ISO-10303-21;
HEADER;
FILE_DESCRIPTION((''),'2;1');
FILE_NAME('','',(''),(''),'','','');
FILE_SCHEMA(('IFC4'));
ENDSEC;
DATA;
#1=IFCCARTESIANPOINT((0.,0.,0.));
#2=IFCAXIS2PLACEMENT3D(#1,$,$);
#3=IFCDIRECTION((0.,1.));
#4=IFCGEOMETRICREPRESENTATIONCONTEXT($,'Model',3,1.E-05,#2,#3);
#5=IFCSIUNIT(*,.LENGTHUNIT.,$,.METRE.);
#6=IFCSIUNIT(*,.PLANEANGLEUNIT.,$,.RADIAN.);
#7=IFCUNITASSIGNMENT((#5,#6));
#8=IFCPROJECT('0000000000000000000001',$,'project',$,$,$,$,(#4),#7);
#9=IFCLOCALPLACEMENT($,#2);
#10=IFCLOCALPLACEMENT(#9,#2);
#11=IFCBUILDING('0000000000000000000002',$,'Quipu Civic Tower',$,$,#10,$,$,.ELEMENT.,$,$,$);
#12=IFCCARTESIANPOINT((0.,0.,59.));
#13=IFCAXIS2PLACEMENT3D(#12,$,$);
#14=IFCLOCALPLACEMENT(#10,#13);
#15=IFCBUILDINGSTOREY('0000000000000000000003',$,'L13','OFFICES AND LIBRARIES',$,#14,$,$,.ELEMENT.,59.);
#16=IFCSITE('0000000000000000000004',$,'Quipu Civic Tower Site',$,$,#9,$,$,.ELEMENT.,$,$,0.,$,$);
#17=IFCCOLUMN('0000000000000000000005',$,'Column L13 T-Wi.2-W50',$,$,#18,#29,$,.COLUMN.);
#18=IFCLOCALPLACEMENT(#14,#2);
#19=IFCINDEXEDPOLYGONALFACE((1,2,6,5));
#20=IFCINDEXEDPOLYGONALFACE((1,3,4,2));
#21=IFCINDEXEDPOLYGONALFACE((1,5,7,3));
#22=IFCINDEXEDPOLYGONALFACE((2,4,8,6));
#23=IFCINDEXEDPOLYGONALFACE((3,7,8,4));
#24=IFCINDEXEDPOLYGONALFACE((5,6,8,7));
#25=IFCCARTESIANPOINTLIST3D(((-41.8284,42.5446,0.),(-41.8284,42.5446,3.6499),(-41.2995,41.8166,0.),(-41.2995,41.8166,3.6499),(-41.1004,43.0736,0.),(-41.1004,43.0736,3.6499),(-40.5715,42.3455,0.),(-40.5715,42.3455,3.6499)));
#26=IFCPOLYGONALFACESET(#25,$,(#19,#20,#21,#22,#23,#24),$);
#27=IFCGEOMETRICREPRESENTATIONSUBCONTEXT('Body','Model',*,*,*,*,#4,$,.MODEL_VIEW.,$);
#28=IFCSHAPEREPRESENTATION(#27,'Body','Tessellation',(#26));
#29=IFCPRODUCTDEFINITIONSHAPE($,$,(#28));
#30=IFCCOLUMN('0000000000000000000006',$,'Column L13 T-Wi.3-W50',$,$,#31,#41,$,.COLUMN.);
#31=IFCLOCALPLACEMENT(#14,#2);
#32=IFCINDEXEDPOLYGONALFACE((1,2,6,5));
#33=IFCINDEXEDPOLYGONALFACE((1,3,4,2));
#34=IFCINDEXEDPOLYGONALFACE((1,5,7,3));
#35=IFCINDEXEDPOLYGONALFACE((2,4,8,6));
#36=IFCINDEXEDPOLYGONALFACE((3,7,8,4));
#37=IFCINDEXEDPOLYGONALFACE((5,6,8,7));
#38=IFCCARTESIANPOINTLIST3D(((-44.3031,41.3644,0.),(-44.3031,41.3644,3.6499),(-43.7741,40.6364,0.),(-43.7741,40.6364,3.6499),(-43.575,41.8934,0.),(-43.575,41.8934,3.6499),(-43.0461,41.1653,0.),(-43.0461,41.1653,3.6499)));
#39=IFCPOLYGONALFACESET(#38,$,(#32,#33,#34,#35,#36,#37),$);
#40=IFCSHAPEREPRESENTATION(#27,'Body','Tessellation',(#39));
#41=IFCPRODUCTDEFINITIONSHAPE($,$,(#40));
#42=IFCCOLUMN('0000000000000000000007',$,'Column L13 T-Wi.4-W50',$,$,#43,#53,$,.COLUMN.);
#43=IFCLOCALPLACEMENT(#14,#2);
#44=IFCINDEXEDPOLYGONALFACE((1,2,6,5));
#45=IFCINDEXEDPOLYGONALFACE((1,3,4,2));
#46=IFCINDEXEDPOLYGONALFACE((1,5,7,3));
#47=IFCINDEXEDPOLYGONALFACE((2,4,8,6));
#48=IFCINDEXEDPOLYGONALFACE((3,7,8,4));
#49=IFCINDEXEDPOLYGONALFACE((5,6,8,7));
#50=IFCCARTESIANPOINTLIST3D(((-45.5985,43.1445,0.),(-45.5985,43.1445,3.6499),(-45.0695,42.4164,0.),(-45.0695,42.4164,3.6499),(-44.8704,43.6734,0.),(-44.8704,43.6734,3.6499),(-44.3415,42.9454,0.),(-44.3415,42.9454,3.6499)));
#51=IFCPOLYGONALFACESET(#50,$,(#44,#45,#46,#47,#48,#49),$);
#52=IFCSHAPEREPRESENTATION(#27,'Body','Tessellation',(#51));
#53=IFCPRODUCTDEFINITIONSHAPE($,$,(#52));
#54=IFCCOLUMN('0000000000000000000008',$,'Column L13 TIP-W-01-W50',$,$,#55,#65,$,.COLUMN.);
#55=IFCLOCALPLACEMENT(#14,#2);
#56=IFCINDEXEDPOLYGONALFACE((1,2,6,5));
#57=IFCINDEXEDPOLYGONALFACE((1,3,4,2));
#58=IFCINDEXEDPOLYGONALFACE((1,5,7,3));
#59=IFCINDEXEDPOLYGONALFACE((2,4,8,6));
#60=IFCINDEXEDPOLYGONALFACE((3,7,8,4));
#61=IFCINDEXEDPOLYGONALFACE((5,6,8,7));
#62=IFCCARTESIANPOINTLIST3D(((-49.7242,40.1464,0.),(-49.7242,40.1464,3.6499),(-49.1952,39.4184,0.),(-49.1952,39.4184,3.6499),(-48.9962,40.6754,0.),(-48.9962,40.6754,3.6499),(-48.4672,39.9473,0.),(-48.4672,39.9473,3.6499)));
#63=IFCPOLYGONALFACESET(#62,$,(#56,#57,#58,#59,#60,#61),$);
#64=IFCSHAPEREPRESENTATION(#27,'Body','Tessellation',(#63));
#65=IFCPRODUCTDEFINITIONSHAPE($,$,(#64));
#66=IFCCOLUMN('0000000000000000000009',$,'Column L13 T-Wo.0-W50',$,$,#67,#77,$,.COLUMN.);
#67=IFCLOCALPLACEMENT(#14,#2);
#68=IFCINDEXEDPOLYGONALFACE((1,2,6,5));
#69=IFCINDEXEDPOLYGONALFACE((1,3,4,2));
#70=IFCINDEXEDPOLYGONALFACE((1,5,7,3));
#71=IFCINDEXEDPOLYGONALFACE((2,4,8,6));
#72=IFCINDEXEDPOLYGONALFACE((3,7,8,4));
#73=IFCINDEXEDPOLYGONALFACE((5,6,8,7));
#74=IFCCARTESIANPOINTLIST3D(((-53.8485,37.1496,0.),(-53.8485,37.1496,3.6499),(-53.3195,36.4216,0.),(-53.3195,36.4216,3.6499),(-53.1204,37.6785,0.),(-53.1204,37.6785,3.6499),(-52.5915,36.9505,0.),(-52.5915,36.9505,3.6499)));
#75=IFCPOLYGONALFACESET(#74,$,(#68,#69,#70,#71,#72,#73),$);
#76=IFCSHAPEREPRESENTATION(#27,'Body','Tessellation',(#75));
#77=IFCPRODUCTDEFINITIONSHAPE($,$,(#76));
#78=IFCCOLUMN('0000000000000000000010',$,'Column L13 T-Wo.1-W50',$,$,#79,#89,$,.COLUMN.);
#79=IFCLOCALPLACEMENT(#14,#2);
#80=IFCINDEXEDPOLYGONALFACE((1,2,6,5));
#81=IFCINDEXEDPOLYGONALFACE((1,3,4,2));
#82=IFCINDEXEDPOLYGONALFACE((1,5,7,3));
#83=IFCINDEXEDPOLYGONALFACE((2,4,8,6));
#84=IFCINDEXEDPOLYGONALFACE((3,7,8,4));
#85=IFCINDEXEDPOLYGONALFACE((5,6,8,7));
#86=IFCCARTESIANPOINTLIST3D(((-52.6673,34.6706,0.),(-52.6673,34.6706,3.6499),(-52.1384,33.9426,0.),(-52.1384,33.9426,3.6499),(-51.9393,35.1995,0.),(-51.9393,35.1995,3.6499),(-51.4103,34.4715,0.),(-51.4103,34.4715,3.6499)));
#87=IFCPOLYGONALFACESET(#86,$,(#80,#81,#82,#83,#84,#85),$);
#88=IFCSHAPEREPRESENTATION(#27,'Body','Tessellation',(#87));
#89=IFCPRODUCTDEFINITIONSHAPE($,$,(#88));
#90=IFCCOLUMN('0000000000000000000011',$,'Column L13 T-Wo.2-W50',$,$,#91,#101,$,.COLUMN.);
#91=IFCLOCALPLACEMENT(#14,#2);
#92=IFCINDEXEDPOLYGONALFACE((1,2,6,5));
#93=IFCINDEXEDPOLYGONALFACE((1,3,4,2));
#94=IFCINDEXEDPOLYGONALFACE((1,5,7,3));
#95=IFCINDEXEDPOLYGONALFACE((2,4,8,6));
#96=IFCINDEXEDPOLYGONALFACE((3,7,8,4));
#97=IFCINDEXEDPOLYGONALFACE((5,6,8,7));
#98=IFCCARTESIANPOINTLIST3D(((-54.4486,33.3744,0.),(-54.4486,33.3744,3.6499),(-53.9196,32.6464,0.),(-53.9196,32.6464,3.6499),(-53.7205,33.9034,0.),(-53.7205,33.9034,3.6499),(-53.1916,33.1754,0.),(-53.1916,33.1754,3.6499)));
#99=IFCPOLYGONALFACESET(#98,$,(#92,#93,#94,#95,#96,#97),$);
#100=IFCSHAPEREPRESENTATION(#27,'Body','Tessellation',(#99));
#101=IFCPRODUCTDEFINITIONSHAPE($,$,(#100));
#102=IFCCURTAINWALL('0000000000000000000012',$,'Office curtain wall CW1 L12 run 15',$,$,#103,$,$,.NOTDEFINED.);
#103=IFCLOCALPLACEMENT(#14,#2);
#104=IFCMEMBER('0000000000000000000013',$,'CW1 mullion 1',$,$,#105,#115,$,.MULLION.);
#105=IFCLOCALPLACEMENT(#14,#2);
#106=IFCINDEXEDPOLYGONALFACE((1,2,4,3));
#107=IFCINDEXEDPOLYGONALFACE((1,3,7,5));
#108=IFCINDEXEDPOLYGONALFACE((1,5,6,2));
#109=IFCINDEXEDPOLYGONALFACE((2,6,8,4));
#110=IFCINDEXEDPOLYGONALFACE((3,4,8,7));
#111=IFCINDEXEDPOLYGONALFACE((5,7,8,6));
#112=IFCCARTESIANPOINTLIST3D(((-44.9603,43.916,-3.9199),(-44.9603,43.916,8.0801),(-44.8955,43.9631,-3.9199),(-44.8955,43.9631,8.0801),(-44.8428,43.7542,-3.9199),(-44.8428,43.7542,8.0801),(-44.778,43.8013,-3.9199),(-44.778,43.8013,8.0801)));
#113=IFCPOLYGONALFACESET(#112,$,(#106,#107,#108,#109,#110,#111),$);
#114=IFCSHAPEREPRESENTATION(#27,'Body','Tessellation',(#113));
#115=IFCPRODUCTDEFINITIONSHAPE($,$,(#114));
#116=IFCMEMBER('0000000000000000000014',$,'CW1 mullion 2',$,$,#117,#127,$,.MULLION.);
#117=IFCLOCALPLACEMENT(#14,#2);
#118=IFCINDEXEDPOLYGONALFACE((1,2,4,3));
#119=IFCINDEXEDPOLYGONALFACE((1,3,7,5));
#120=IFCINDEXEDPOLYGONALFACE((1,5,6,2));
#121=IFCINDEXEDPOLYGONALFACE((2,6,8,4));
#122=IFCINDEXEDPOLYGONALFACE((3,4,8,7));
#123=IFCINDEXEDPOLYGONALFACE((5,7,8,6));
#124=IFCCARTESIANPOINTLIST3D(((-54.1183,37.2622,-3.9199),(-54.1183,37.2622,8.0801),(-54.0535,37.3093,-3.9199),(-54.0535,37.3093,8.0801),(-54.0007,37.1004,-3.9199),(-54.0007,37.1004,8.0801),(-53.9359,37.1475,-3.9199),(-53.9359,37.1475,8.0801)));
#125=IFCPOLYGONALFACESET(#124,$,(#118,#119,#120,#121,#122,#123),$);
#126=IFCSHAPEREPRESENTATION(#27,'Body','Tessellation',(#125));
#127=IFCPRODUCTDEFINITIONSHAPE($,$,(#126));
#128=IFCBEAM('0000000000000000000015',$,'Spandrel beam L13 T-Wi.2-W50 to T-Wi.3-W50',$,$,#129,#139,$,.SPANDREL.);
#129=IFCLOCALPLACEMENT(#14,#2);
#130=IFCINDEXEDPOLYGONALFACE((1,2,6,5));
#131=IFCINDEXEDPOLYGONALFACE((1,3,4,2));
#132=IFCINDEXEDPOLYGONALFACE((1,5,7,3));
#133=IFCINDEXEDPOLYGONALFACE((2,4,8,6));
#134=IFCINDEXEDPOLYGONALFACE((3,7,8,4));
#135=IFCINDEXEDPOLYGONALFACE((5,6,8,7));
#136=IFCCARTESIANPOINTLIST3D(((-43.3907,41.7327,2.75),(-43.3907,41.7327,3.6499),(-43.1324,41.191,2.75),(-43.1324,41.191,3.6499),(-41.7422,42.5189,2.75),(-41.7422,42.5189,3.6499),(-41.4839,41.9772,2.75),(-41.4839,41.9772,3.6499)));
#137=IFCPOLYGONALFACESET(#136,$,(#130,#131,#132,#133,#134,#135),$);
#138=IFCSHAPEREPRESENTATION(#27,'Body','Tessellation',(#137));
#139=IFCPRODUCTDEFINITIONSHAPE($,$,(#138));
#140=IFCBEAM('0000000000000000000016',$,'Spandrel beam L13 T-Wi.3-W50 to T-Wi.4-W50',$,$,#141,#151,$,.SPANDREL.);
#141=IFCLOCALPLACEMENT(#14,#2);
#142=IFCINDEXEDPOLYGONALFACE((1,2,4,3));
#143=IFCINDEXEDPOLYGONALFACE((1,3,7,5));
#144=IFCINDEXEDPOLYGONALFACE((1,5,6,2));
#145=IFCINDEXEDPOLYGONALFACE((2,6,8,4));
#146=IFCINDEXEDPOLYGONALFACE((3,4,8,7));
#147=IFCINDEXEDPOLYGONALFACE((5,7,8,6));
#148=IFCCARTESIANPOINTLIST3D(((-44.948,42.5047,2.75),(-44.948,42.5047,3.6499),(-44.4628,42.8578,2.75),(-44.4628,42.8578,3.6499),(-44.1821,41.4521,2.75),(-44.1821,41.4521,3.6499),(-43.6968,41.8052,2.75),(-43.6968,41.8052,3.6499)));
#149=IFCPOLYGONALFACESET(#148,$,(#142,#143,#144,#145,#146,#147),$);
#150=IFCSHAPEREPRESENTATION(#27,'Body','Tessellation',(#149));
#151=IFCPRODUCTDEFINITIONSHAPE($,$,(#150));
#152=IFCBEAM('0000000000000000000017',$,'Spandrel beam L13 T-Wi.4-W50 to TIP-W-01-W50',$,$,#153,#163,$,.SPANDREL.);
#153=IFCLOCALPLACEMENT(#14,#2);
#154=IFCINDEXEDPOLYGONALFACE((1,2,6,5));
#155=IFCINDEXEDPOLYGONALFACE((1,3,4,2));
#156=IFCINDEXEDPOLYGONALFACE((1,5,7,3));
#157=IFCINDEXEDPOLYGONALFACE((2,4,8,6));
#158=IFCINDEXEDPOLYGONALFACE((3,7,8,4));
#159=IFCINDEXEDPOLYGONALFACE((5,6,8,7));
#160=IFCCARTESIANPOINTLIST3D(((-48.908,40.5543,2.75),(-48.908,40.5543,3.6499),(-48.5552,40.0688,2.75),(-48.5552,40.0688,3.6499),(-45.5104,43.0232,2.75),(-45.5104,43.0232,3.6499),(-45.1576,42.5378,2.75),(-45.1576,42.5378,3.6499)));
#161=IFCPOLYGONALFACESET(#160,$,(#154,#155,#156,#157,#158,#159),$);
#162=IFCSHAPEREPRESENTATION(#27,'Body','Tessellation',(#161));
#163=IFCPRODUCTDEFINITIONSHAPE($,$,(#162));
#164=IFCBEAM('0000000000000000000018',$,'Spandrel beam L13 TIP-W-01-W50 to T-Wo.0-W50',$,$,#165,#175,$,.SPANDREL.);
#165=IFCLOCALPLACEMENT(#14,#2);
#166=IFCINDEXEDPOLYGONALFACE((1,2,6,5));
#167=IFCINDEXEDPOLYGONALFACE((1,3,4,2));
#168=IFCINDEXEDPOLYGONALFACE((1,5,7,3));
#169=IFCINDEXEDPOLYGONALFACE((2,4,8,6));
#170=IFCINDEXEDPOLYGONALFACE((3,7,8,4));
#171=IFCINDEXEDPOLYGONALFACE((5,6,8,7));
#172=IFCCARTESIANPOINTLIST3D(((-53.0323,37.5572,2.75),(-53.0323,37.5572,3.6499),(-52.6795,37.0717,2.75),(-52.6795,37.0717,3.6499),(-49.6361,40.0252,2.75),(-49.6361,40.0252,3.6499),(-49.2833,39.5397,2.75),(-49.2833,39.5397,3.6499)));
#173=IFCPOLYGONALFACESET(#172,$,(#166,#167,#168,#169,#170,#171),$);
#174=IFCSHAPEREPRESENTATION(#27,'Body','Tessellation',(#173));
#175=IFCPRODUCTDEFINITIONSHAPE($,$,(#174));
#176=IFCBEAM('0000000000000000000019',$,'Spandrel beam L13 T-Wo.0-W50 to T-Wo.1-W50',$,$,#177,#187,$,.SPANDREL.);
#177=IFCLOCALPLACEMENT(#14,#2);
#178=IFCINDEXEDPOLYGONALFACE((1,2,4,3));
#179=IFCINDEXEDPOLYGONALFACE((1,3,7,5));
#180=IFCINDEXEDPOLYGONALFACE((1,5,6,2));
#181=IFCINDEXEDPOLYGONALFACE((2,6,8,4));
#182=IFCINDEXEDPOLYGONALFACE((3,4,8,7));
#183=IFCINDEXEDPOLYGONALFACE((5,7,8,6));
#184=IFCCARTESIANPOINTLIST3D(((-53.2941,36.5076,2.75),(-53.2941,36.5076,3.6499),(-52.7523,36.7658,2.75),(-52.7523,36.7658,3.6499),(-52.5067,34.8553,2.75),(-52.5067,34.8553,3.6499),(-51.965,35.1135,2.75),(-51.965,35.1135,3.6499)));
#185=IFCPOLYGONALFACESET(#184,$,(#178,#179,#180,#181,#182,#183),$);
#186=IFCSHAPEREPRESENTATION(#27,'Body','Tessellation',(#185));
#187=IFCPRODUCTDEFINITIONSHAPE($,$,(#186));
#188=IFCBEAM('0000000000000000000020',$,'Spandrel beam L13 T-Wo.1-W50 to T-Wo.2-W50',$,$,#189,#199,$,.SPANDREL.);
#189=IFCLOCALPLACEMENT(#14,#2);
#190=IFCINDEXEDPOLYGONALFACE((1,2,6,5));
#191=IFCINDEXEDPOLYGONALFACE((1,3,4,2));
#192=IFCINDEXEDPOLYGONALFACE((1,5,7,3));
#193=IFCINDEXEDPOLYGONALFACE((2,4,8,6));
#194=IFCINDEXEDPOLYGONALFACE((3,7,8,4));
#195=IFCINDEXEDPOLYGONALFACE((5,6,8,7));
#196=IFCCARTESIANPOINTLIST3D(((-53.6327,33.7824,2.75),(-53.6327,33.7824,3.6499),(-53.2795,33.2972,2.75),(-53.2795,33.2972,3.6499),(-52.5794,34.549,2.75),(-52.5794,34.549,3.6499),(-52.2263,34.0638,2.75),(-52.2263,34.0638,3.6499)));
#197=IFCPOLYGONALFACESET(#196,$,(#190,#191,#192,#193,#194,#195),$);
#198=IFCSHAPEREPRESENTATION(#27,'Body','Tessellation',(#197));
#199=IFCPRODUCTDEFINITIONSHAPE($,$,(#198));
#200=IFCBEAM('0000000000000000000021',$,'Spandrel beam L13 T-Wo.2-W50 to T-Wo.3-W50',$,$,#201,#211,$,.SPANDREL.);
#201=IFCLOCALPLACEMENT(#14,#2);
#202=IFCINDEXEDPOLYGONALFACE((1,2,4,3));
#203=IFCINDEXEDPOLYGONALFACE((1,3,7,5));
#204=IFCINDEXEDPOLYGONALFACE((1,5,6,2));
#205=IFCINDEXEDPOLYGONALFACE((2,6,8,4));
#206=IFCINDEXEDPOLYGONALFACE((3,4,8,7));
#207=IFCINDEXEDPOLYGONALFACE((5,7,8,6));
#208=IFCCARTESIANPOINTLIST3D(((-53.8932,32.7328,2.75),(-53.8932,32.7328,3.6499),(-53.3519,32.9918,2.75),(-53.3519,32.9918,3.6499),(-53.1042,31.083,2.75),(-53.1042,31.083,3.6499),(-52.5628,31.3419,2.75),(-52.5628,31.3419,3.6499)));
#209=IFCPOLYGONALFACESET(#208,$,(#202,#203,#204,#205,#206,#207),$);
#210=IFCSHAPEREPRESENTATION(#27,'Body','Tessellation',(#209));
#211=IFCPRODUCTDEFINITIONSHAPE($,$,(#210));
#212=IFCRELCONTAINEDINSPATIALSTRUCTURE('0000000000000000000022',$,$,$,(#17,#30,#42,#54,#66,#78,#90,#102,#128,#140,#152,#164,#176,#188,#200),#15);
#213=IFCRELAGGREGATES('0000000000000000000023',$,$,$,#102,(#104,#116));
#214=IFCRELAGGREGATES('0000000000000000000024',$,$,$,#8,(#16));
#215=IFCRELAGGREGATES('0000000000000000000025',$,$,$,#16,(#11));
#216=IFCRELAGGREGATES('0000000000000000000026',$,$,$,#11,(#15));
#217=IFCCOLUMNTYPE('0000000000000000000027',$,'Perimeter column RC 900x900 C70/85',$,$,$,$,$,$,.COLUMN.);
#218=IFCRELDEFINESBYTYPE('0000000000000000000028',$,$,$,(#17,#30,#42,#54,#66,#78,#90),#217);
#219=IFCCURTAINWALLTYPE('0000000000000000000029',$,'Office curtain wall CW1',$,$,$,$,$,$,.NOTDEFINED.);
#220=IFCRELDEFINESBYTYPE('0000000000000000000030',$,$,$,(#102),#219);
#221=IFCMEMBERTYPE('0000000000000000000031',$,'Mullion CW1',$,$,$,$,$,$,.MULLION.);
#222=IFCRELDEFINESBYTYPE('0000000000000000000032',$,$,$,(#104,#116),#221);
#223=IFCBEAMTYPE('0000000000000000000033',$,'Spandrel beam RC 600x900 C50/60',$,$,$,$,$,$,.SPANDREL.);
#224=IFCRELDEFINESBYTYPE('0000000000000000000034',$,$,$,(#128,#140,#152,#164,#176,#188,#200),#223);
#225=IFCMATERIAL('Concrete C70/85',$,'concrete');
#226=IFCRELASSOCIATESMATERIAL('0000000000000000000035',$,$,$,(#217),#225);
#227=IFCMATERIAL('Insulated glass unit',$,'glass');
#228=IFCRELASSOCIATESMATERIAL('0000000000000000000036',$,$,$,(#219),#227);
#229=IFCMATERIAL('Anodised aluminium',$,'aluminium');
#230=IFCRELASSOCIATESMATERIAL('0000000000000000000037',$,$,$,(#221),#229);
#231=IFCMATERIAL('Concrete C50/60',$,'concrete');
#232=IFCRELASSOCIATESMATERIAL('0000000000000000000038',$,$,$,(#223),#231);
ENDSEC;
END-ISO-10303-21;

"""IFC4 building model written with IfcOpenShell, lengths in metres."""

from ifc_helpers import new_model, si_unit, direction, frame, origin, origin_2d, place, context, subcontext, project, spatial, rectangle, extrude, material, material_profile, profile_set, type_object, element, aggregate, save


model = new_model("IFC4")

# Units and contexts
model_context = context("Model", 3, precision=1e-05, world=origin(), true_north=direction((0.0, 1.0)))
body_context = subcontext(model_context, "Body", "Model", "MODEL_VIEW")
ifc_project = project(units=[si_unit("LENGTHUNIT", "METRE"), si_unit("PLANEANGLEUNIT", "RADIAN")], contexts=[model_context])

# Site, building, storey
site_placement = place(None, origin())
site = spatial("IfcSite", under=ifc_project, at=site_placement, Name="Quipu Civic Tower Site", CompositionType="ELEMENT", RefElevation=0.0)
building_placement = place(site_placement, origin())
building = spatial("IfcBuilding", under=site, at=building_placement, Name="Quipu Civic Tower", CompositionType="ELEMENT")
storey_placement = place(building_placement, frame((0.0, 0.0, 59.0)))
storey = spatial("IfcBuildingStorey", under=building, at=storey_placement, Name="L13", Description="OFFICES AND LIBRARIES", CompositionType="ELEMENT", Elevation=59.0)

# Columns
ifc_material_1 = material(Name="Concrete C70/85", Category="concrete")
ifc_material_profile_1 = material_profile(ifc_material_1, rectangle(XDim=0.8999, YDim=0.8999, at=origin_2d()), Name="RC900x900")
ifc_profile_set_1 = profile_set([ifc_material_profile_1], Name="Concrete C70/85")
column_type = type_object("IfcColumnType", Name="Perimeter column RC 900x900 C70/85", PredefinedType="COLUMN", material=ifc_profile_set_1)
for number, where, z_axis, x_axis, name in (
    (1, (-41.2, 42.4451, 0.0), (0.0, 0.0, 1.0), (-0.587785, 0.809017, 0.0), "Column L13 T-Wi.2-W50"),
    (2, (-43.6746, 41.2649, 0.0), (0.0, 0.0, 1.0), (-0.809017, -0.587785, 0.0), "Column L13 T-Wi.3-W50"),
    (3, (-44.97, 43.0449, 0.0), (0.0, 0.0, 1.0), (-0.809017, -0.587785, 0.0), "Column L13 T-Wi.4-W50"),
    (4, (-49.0957, 40.0469, 0.0), (0.0, 0.0, 1.0), (-0.809017, -0.587785, 0.0), "Column L13 TIP-W-01-W50"),
    (5, (-53.22, 37.05, 0.0), (0.0, 0.0, 1.0), (0.587785, -0.809017, 0.0), "Column L13 T-Wo.0-W50"),
    (6, (-52.0388, 34.571, 0.0), (0.0, 0.0, 1.0), (-0.809017, -0.587785, 0.0), "Column L13 T-Wo.1-W50"),
    (7, (-53.8201, 33.2749, 0.0), (0.0, 0.0, 1.0), (0.587785, -0.809017, 0.0), "Column L13 T-Wo.2-W50"),
):
    element("IfcColumn", number, at=place(storey_placement, frame(where, z_axis=z_axis, x_axis=x_axis)), inside=storey, type_object=column_type, Name=name, PredefinedType="COLUMN", context=body_context, shape_type="SweptSolid", body=[
        extrude(rectangle(XDim=0.8999, YDim=0.8999, at=origin_2d()), origin(), (0.0, 0.0, 1.0), 3.6499),
    ])

# Curtain wall, members
ifc_material_2 = material(Name="Insulated glass unit", Category="glass")
curtain_wall_type = type_object("IfcCurtainWallType", Name="Office curtain wall CW1", PredefinedType="NOTDEFINED", material=ifc_material_2)
curtain_wall_placement = place(storey_placement, origin())
curtain_wall = element("IfcCurtainWall", 8, at=curtain_wall_placement, inside=storey, type_object=curtain_wall_type, Name="Office curtain wall CW1 L12 run 15", PredefinedType="NOTDEFINED")
ifc_material_3 = material(Name="Anodised aluminium", Category="aluminium")
ifc_material_profile_2 = material_profile(ifc_material_3, rectangle(XDim=0.2, YDim=0.0801, at=origin_2d()), Name="RECT 200x80")
ifc_profile_set_2 = profile_set([ifc_material_profile_2], Name="Anodised aluminium")
member_type_1 = type_object("IfcMemberType", Name="Mullion CW1", PredefinedType="MULLION", material=ifc_profile_set_2)
member_1_placement = place(storey_placement, frame((-44.8691, 43.8586, -3.9199), z_axis=(0.0, 0.0, 1.0), x_axis=(0.587782, -0.809019, 0.0)))
member_1 = element("IfcMember", 9, at=member_1_placement, type_object=member_type_1, Name="CW1 mullion 1", PredefinedType="MULLION", context=body_context, shape_type="SweptSolid", body=[
    extrude(rectangle(XDim=0.2, YDim=0.0801, at=origin_2d()), origin(), (0.0, 0.0, 1.0), 12.0),
])
member_2_placement = place(storey_placement, frame((-54.0271, 37.2048, -3.9199), z_axis=(0.0, 0.0, 1.0), x_axis=(0.587782, -0.809019, 0.0)))
member_2 = element("IfcMember", 10, at=member_2_placement, type_object=member_type_1, Name="CW1 mullion 2", PredefinedType="MULLION", context=body_context, shape_type="SweptSolid", body=[
    extrude(rectangle(XDim=0.2, YDim=0.0801, at=origin_2d()), origin(), (0.0, 0.0, 1.0), 12.0),
])

# Beams
ifc_material_4 = material(Name="Concrete C50/60", Category="concrete")
ifc_material_profile_3 = material_profile(ifc_material_4, rectangle(XDim=0.6001, YDim=0.8999, at=origin_2d()), Name="RC600x900")
ifc_profile_set_3 = profile_set([ifc_material_profile_3], Name="Concrete C50/60")
beam_type = type_object("IfcBeamType", Name="Spandrel beam RC 600x900 C50/60", PredefinedType="SPANDREL", material=ifc_profile_set_3)
beam_1_placement = place(storey_placement, frame((-41.613, 42.248, 3.2), z_axis=(-0.902613, -0.430452, 0.0), x_axis=(0.430452, -0.902613, 0.0)))
element("IfcBeam", 11, at=beam_1_placement, inside=storey, type_object=beam_type, Name="Spandrel beam L13 T-Wi.2-W50 to T-Wi.3-W50", PredefinedType="SPANDREL", context=body_context, shape_type="SweptSolid", body=[
    extrude(rectangle(XDim=0.6001, YDim=0.8999, at=origin_2d()), origin(), (0.0, 0.0, 1.0), 1.8264),
])
beam_2_placement = place(storey_placement, frame((-43.9395, 41.6287, 3.2), z_axis=(-0.588384, 0.808582, 0.0), x_axis=(-0.808582, -0.588384, 0.0)))
element("IfcBeam", 12, at=beam_2_placement, inside=storey, type_object=beam_type, Name="Spandrel beam L13 T-Wi.3-W50 to T-Wi.4-W50", PredefinedType="SPANDREL", context=body_context, shape_type="SweptSolid", body=[
    extrude(rectangle(XDim=0.6001, YDim=0.8999, at=origin_2d()), origin(), (0.0, 0.0, 1.0), 1.3018),
])
beam_3_placement = place(storey_placement, frame((-45.334, 42.7805, 3.2), z_axis=(-0.80897, -0.58785, 0.0), x_axis=(0.58785, -0.80897, 0.0)))
element("IfcBeam", 13, at=beam_3_placement, inside=storey, type_object=beam_type, Name="Spandrel beam L13 T-Wi.4-W50 to TIP-W-01-W50", PredefinedType="SPANDREL", context=body_context, shape_type="SweptSolid", body=[
    extrude(rectangle(XDim=0.6001, YDim=0.8999, at=origin_2d()), origin(), (0.0, 0.0, 1.0), 4.2),
])
beam_4_placement = place(storey_placement, frame((-49.4597, 39.7825, 3.2), z_axis=(-0.80896, -0.587864, 0.0), x_axis=(0.587864, -0.80896, 0.0)))
element("IfcBeam", 14, at=beam_4_placement, inside=storey, type_object=beam_type, Name="Spandrel beam L13 TIP-W-01-W50 to T-Wo.0-W50", PredefinedType="SPANDREL", context=body_context, shape_type="SweptSolid", body=[
    extrude(rectangle(XDim=0.6001, YDim=0.8999, at=origin_2d()), origin(), (0.0, 0.0, 1.0), 4.1982),
])
beam_5_placement = place(storey_placement, frame((-53.0232, 36.6367, 3.2), z_axis=(0.430167, -0.90275, 0.0), x_axis=(0.90275, 0.430167, 0.0)))
element("IfcBeam", 15, at=beam_5_placement, inside=storey, type_object=beam_type, Name="Spandrel beam L13 T-Wo.0-W50 to T-Wo.1-W50", PredefinedType="SPANDREL", context=body_context, shape_type="SweptSolid", body=[
    extrude(rectangle(XDim=0.6001, YDim=0.8999, at=origin_2d()), origin(), (0.0, 0.0, 1.0), 1.8303),
])
beam_6_placement = place(storey_placement, frame((-52.4028, 34.3064, 3.2), z_axis=(-0.808509, -0.588484, 0.0), x_axis=(0.588484, -0.808509, 0.0)))
element("IfcBeam", 16, at=beam_6_placement, inside=storey, type_object=beam_type, Name="Spandrel beam L13 T-Wo.1-W50 to T-Wo.2-W50", PredefinedType="SPANDREL", context=body_context, shape_type="SweptSolid", body=[
    extrude(rectangle(XDim=0.6001, YDim=0.8999, at=origin_2d()), origin(), (0.0, 0.0, 1.0), 1.3027),
])
beam_7_placement = place(storey_placement, frame((-53.6226, 32.8623, 3.2), z_axis=(0.431446, -0.902139, 0.0), x_axis=(0.902139, 0.431446, 0.0)))
element("IfcBeam", 17, at=beam_7_placement, inside=storey, type_object=beam_type, Name="Spandrel beam L13 T-Wo.2-W50 to T-Wo.3-W50", PredefinedType="SPANDREL", context=body_context, shape_type="SweptSolid", body=[
    extrude(rectangle(XDim=0.6001, YDim=0.8999, at=origin_2d()), origin(), (0.0, 0.0, 1.0), 1.8289),
])

aggregate(curtain_wall, [member_1, member_2])

save(model, "model.ifc")
